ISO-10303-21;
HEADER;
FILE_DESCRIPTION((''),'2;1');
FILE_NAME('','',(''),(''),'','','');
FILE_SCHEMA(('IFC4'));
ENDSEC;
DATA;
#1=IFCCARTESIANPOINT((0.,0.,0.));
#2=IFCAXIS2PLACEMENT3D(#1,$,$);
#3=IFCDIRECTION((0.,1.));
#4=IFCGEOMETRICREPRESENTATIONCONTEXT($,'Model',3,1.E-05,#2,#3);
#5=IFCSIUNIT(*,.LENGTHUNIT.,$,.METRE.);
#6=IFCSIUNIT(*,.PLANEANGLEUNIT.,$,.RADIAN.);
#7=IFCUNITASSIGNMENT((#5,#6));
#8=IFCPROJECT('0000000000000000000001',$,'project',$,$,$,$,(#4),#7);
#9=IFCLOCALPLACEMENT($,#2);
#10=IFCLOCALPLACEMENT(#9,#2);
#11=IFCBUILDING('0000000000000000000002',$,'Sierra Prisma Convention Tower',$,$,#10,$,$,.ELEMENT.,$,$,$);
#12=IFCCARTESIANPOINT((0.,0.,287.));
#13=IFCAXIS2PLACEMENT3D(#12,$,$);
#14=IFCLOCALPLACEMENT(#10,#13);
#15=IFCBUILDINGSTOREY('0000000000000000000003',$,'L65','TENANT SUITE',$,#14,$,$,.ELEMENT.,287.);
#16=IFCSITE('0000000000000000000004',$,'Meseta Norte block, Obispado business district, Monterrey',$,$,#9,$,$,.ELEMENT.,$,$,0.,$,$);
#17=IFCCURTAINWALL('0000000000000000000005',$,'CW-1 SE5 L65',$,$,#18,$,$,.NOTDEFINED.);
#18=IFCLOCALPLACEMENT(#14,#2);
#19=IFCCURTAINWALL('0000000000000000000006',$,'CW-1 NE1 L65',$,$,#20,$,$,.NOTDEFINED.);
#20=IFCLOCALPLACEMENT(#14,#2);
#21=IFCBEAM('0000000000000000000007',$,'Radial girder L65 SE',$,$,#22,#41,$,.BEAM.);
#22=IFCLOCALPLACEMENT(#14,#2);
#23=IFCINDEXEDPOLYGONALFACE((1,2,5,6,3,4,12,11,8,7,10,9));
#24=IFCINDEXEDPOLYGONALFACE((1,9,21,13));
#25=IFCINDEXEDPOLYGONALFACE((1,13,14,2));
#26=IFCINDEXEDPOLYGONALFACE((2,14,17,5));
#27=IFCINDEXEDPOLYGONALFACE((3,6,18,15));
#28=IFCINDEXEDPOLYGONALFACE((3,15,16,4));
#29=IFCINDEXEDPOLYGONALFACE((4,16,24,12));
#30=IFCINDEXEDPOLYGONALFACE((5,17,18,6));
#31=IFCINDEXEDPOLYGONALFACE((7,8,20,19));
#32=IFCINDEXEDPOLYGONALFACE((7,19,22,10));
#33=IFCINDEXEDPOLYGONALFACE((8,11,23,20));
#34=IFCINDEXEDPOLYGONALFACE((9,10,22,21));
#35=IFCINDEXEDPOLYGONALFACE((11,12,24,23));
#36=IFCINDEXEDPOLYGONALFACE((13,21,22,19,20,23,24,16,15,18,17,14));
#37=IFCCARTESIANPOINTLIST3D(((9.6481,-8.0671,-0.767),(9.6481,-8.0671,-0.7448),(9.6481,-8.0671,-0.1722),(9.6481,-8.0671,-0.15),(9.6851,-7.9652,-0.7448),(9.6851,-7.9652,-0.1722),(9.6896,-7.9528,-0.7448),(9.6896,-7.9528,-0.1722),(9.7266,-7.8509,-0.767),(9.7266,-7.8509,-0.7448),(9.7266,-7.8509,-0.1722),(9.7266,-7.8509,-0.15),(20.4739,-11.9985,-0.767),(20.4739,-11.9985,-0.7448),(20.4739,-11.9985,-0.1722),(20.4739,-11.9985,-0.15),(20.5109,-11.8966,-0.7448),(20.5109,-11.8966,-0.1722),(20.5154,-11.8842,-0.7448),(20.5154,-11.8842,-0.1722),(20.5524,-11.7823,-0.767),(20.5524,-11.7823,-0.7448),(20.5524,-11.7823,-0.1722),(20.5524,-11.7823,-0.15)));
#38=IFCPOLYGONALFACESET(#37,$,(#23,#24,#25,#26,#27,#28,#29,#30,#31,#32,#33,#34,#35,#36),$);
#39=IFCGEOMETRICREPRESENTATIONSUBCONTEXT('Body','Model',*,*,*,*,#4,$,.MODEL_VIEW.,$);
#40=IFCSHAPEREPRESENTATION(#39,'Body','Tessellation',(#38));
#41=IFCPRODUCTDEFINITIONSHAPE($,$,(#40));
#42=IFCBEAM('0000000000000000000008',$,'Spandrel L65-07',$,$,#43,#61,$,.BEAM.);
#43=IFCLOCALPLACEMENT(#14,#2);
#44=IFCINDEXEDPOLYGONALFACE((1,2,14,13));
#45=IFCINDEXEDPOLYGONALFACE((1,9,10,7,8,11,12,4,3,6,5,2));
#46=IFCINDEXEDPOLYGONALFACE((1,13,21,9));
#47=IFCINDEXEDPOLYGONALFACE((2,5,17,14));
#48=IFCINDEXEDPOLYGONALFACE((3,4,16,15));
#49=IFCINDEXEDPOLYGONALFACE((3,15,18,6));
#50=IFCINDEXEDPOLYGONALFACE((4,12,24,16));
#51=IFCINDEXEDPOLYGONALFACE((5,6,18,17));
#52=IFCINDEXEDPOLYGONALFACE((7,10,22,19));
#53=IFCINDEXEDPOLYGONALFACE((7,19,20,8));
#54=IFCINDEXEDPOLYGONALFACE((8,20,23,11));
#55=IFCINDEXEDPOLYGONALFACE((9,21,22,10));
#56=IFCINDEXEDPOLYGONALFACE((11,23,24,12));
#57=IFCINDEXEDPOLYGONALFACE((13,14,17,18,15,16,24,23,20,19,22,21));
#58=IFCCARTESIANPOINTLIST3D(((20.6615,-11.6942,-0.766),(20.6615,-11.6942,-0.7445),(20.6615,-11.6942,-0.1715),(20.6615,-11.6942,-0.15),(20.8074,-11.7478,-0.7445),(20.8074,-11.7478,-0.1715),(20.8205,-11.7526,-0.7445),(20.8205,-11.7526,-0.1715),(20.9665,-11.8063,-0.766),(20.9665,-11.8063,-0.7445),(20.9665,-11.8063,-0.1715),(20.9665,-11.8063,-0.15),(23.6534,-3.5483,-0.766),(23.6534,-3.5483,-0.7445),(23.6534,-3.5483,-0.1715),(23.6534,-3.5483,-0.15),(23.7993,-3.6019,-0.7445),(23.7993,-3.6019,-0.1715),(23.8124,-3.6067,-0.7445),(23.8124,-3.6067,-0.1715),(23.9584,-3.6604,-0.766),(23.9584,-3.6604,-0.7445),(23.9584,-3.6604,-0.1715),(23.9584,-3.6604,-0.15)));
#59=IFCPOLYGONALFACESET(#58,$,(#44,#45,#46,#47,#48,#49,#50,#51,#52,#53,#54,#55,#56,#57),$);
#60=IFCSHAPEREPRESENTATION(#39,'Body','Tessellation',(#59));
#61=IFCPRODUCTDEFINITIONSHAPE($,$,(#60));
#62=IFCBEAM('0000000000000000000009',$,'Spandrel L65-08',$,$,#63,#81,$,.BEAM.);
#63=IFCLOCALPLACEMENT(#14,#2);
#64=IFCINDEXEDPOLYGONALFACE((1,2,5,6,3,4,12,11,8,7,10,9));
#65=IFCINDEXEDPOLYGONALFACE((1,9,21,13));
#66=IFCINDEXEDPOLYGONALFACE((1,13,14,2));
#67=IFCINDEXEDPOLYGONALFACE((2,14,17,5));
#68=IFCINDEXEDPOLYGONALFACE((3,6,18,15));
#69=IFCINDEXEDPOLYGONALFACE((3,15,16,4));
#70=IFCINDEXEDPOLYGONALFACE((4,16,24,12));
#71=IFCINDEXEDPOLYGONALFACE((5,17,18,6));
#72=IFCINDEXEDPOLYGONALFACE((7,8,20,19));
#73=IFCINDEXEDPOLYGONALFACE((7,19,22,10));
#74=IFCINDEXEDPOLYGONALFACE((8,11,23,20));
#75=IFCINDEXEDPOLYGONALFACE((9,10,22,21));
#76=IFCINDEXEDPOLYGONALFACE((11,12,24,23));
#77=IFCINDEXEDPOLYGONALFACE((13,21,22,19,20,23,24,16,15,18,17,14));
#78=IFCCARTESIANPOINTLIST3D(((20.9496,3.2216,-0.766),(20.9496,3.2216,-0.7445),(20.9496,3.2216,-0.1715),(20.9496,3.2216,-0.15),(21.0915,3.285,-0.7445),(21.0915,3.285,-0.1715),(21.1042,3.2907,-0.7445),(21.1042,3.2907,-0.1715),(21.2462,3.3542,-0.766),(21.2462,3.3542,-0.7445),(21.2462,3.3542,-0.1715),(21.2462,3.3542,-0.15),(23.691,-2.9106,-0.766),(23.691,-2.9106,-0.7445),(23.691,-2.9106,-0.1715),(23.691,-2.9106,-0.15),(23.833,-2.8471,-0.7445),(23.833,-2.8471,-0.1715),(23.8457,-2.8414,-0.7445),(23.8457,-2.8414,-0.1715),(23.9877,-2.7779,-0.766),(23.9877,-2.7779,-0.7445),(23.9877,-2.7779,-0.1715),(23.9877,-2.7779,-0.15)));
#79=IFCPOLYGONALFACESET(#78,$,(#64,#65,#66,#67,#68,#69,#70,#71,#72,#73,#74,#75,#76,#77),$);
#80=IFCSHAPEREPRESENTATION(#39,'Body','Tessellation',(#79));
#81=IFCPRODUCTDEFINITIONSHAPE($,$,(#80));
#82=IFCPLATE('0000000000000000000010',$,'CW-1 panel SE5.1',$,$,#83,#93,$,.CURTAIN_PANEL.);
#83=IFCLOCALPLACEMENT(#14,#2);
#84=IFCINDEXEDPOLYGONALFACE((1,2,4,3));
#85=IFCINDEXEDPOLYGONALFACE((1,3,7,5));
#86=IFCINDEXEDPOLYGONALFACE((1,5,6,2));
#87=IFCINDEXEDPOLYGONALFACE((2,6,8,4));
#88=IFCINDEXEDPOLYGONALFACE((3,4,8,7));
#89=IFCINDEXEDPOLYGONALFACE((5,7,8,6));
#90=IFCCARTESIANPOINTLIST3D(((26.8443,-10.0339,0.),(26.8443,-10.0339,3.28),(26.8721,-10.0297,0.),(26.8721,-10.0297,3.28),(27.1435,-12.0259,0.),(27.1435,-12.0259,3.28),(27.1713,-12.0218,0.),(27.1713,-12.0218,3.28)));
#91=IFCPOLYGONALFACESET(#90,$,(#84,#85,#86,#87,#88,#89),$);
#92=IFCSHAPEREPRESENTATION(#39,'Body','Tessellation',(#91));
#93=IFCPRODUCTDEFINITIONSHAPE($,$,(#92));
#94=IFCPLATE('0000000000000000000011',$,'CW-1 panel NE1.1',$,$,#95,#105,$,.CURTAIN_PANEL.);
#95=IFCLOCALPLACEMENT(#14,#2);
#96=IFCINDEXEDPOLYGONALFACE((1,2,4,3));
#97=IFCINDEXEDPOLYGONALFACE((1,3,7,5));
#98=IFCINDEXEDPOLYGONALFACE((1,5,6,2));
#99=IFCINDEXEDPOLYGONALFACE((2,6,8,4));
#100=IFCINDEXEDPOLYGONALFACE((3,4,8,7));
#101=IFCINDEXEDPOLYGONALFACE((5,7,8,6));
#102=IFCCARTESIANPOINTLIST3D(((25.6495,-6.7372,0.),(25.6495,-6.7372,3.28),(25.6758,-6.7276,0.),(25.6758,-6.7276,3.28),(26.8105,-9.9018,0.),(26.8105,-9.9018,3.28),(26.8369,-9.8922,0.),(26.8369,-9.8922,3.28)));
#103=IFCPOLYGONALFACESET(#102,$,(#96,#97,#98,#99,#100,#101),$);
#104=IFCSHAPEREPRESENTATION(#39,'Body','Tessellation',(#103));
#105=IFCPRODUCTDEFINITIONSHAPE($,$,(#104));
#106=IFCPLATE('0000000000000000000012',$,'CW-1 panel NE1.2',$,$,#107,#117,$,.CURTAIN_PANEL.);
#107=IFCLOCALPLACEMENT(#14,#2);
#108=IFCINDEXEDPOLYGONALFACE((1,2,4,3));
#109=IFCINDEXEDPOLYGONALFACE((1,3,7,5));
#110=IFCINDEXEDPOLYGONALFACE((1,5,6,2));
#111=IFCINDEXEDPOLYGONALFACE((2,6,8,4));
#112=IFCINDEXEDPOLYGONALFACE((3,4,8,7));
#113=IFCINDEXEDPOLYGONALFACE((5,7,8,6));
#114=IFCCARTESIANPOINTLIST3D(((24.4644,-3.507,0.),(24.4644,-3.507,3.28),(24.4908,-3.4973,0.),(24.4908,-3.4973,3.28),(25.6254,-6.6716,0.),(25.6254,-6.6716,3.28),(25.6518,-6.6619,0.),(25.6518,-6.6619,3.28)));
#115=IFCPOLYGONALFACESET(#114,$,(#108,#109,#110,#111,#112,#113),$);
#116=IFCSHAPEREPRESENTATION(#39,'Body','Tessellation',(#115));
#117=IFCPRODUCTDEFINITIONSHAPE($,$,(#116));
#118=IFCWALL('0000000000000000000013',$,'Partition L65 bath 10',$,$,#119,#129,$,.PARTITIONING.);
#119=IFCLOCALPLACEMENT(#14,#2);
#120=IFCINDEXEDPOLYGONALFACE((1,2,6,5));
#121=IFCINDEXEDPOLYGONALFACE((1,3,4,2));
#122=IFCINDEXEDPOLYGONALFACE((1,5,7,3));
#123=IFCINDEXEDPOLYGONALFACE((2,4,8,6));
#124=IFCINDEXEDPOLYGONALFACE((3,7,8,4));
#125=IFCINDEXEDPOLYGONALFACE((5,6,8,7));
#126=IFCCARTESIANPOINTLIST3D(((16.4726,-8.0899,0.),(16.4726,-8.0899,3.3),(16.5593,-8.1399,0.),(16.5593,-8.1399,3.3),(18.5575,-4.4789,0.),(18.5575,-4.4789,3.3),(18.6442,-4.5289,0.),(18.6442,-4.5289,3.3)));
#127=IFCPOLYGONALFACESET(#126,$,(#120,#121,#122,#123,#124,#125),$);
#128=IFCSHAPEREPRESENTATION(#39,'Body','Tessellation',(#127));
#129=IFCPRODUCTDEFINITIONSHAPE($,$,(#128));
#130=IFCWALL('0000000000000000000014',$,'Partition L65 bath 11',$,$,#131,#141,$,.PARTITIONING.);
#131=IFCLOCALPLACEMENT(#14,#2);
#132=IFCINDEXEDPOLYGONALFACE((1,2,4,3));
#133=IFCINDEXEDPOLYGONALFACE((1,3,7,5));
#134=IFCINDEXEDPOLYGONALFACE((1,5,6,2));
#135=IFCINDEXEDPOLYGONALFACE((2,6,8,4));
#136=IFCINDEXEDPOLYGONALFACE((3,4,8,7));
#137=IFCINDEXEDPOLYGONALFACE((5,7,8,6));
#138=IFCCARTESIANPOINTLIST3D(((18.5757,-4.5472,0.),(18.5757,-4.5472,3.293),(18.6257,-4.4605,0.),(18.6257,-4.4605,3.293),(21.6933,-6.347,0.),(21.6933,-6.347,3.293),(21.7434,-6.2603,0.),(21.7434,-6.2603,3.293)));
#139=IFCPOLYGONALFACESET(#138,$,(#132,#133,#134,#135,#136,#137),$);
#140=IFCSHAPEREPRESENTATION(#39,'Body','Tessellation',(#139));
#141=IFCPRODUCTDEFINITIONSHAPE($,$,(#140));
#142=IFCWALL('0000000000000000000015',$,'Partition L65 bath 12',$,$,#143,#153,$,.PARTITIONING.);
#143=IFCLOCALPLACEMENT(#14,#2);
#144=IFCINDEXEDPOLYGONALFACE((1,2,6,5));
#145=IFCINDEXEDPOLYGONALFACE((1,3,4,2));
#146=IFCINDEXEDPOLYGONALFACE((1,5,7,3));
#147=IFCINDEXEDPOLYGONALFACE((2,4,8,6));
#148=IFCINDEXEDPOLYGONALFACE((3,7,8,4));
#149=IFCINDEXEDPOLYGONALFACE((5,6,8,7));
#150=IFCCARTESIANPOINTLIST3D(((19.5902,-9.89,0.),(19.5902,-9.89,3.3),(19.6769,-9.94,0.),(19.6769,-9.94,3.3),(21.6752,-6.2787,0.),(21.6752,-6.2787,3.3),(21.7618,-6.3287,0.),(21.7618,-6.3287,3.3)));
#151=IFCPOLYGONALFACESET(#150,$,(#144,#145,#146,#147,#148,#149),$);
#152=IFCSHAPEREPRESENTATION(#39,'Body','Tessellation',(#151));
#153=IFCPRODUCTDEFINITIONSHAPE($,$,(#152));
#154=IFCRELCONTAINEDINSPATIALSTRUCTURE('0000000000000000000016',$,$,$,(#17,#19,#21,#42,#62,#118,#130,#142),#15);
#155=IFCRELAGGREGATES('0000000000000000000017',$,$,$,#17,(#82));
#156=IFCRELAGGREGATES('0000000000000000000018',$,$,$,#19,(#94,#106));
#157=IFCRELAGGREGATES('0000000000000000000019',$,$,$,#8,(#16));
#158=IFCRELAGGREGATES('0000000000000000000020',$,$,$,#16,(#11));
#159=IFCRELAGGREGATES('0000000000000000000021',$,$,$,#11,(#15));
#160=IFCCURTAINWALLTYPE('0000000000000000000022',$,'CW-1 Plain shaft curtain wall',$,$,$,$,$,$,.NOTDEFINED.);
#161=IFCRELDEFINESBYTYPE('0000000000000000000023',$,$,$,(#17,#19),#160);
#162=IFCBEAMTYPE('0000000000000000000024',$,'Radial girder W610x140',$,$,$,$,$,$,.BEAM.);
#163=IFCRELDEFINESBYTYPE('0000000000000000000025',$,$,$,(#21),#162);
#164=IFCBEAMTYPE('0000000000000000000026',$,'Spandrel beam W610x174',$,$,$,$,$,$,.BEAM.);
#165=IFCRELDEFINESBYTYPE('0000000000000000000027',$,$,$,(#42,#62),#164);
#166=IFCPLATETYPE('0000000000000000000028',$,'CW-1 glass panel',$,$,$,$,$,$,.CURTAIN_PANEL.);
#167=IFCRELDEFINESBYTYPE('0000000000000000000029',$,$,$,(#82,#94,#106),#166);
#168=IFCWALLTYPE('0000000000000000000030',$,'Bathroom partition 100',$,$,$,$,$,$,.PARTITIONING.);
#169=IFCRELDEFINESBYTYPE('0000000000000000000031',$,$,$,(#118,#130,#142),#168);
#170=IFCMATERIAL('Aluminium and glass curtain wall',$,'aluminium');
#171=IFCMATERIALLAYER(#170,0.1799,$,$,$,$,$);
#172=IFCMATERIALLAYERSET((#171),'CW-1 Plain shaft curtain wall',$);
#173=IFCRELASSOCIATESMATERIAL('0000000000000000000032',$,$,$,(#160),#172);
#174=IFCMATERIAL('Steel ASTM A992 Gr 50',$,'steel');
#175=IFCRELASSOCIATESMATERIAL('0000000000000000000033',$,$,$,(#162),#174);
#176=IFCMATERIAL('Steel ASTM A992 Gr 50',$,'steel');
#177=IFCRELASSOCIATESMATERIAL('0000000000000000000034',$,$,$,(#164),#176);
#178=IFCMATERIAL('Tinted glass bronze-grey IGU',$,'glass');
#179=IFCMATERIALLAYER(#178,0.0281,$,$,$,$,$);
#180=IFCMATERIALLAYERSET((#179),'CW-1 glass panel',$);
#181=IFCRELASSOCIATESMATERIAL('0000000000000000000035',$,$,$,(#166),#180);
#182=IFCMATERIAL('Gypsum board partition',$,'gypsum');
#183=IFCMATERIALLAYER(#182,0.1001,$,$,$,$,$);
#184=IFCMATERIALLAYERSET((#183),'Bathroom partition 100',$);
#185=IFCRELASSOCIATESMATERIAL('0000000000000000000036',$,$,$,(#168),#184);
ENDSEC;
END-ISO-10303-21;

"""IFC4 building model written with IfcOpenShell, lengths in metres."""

from ifc_helpers import new_model, si_unit, direction, frame, frame_2d, origin, origin_2d, place, context, subcontext, project, spatial, rectangle, i_section, extrude, material, layer, layer_set, material_profile, profile_set, type_object, element, aggregate, save


model = new_model("IFC4")

# Units and contexts
model_context = context("Model", 3, precision=1e-05, world=origin(), true_north=direction((0.0, 1.0)))
body_context = subcontext(model_context, "Body", "Model", "MODEL_VIEW")
ifc_project = project(units=[si_unit("LENGTHUNIT", "METRE"), si_unit("PLANEANGLEUNIT", "RADIAN")], contexts=[model_context])

# Site, building, storey
site_placement = place(None, origin())
site = spatial("IfcSite", under=ifc_project, at=site_placement, Name="Meseta Norte block, Obispado business district, Monterrey", CompositionType="ELEMENT", RefElevation=0.0)
building_placement = place(site_placement, origin())
building = spatial("IfcBuilding", under=site, at=building_placement, Name="Sierra Prisma Convention Tower", CompositionType="ELEMENT")
storey_placement = place(building_placement, frame((0.0, 0.0, 287.0)))
storey = spatial("IfcBuildingStorey", under=building, at=storey_placement, Name="L65", Description="TENANT SUITE", CompositionType="ELEMENT", Elevation=287.0)

# Curtain wall
ifc_material_1 = material(Name="Aluminium and glass curtain wall", Category="aluminium")
ifc_layer_1 = layer(ifc_material_1, 0.1799)
ifc_layer_set_1 = layer_set([ifc_layer_1], Name="CW-1 Plain shaft curtain wall")
curtain_wall_type = type_object("IfcCurtainWallType", Name="CW-1 Plain shaft curtain wall", PredefinedType="NOTDEFINED", material=ifc_layer_set_1)
curtain_wall_1_placement = place(storey_placement, origin())
curtain_wall_1 = element("IfcCurtainWall", 1, at=curtain_wall_1_placement, inside=storey, type_object=curtain_wall_type, Name="CW-1 SE5 L65", PredefinedType="NOTDEFINED")

# Curtain wall
curtain_wall_2_placement = place(storey_placement, origin())
curtain_wall_2 = element("IfcCurtainWall", 2, at=curtain_wall_2_placement, inside=storey, type_object=curtain_wall_type, Name="CW-1 NE1 L65", PredefinedType="NOTDEFINED")

# Beams
ifc_material_2 = material(Name="Steel ASTM A992 Gr 50", Category="steel")
ifc_material_profile_1 = material_profile(ifc_material_2, i_section(OverallWidth=0.23, OverallDepth=0.6169, WebThickness=0.0132, FlangeThickness=0.0222, at=origin_2d()), Name="W610x140")
ifc_profile_set_1 = profile_set([ifc_material_profile_1], Name="Steel ASTM A992 Gr 50")
beam_type_1 = type_object("IfcBeamType", Name="Radial girder W610x140", PredefinedType="BEAM", material=ifc_profile_set_1)
beam_1_placement = place(storey_placement, frame((20.5132, -11.8904, -0.4585), z_axis=(-0.939941, 0.341336, 0.0), x_axis=(-0.341336, -0.939941, 0.0)))
element("IfcBeam", 3, at=beam_1_placement, inside=storey, type_object=beam_type_1, Name="Radial girder L65 SE", PredefinedType="BEAM", context=body_context, shape_type="SweptSolid", body=[
    extrude(i_section(OverallWidth=0.23, OverallDepth=0.6169, WebThickness=0.0132, FlangeThickness=0.0222, at=origin_2d()), origin(), (0.0, 0.0, 1.0), 11.5176),
])
ifc_material_3 = material(Name="Steel ASTM A992 Gr 50", Category="steel")
ifc_material_profile_2 = material_profile(ifc_material_3, i_section(OverallWidth=0.325, OverallDepth=0.616, WebThickness=0.0139, FlangeThickness=0.0215, at=origin_2d()), Name="W610x174")
ifc_profile_set_2 = profile_set([ifc_material_profile_2], Name="Steel ASTM A992 Gr 50")
beam_type_2 = type_object("IfcBeamType", Name="Spandrel beam W610x174", PredefinedType="BEAM", material=ifc_profile_set_2)
beam_2_placement = place(storey_placement, frame((20.814, -11.7502, -0.458), z_axis=(0.34477, 0.938687, 0.0), x_axis=(-0.938687, 0.34477, 0.0)))
element("IfcBeam", 4, at=beam_2_placement, inside=storey, type_object=beam_type_2, Name="Spandrel L65-07", PredefinedType="BEAM", context=body_context, shape_type="SweptSolid", body=[
    extrude(i_section(OverallWidth=0.325, OverallDepth=0.616, WebThickness=0.0139, FlangeThickness=0.0215, at=origin_2d()), origin(), (0.0, 0.0, 1.0), 8.678),
])
beam_3_placement = place(storey_placement, frame((23.8394, -2.8442, -0.458), z_axis=(-0.408137, 0.912921, 0.0), x_axis=(-0.912921, -0.408137, 0.0)))
element("IfcBeam", 5, at=beam_3_placement, inside=storey, type_object=beam_type_2, Name="Spandrel L65-08", PredefinedType="BEAM", context=body_context, shape_type="SweptSolid", body=[
    extrude(i_section(OverallWidth=0.325, OverallDepth=0.616, WebThickness=0.0139, FlangeThickness=0.0215, at=origin_2d()), origin(), (0.0, 0.0, 1.0), 6.717),
])

# Plates
ifc_material_4 = material(Name="Tinted glass bronze-grey IGU", Category="glass")
ifc_layer_2 = layer(ifc_material_4, 0.0281)
ifc_layer_set_2 = layer_set([ifc_layer_2], Name="CW-1 glass panel")
plate_type = type_object("IfcPlateType", Name="CW-1 glass panel", PredefinedType="CURTAIN_PANEL", material=ifc_layer_set_2)
plate_1_placement = place(storey_placement, frame((27.0078, -11.0278, 0.0), z_axis=(0.0, 0.0, 1.0), x_axis=(-0.148524, 0.988909, 0.0)))
plate_1 = element("IfcPlate", 6, at=plate_1_placement, type_object=plate_type, Name="CW-1 panel SE5.1", PredefinedType="CURTAIN_PANEL", context=body_context, shape_type="SweptSolid", body=[
    extrude(rectangle(XDim=2.0144, YDim=0.0281, at=origin_2d()), origin(), (0.0, 0.0, 1.0), 3.28),
])
aggregate(curtain_wall_1, [plate_1])
plate_2_placement = place(storey_placement, frame((26.2432, -8.3147, 0.0), z_axis=(0.0, 0.0, 1.0), x_axis=(-0.344435, 0.93881, 0.0)))
plate_2 = element("IfcPlate", 7, at=plate_2_placement, type_object=plate_type, Name="CW-1 panel NE1.1", PredefinedType="CURTAIN_PANEL", context=body_context, shape_type="SweptSolid", body=[
    extrude(rectangle(XDim=3.3708, YDim=0.0281, at=origin_2d()), origin(), (0.0, 0.0, 1.0), 3.28),
])
plate_3_placement = place(storey_placement, frame((25.0581, -5.0845, 0.0), z_axis=(0.0, 0.0, 1.0), x_axis=(-0.344435, 0.93881, 0.0)))
plate_3 = element("IfcPlate", 8, at=plate_3_placement, type_object=plate_type, Name="CW-1 panel NE1.2", PredefinedType="CURTAIN_PANEL", context=body_context, shape_type="SweptSolid", body=[
    extrude(rectangle(XDim=3.3708, YDim=0.0281, at=origin_2d()), origin(), (0.0, 0.0, 1.0), 3.28),
])
aggregate(curtain_wall_2, [plate_2, plate_3])

# Walls
ifc_material_5 = material(Name="Gypsum board partition", Category="gypsum")
ifc_layer_3 = layer(ifc_material_5, 0.1001)
ifc_layer_set_3 = layer_set([ifc_layer_3], Name="Bathroom partition 100")
wall_type_1 = type_object("IfcWallType", Name="Bathroom partition 100", PredefinedType="PARTITIONING", material=ifc_layer_set_3)
wall_1_placement = place(storey_placement, frame((16.5159, -8.115, 0.0), z_axis=(0.0, 0.0, 1.0), x_axis=(0.500018, 0.866015, 0.0)))
element("IfcWall", 9, at=wall_1_placement, inside=storey, type_object=wall_type_1, Name="Partition L65 bath 10", PredefinedType="PARTITIONING", context=body_context, shape_type="SweptSolid", body=[
    extrude(rectangle(XDim=4.1697, YDim=0.1001, at=frame_2d((2.085, 0.0))), origin(), (0.0, 0.0, 1.0), 3.3),
])
wall_2_placement = place(storey_placement, frame((18.6008, -4.5039, 0.0), z_axis=(0.0, 0.0, 1.0), x_axis=(0.866048, -0.499961, 0.0)))
element("IfcWall", 10, at=wall_2_placement, inside=storey, type_object=wall_type_1, Name="Partition L65 bath 11", PredefinedType="PARTITIONING", context=body_context, shape_type="SweptSolid", body=[
    extrude(rectangle(XDim=3.5999, YDim=0.1001, at=frame_2d((1.7998, 0.0))), origin(), (0.0, 0.0, 1.0), 3.293),
])
wall_3_placement = place(storey_placement, frame((21.7185, -6.3037, 0.0), z_axis=(0.0, 0.0, 1.0), x_axis=(-0.499993, -0.86603, 0.0)))
element("IfcWall", 11, at=wall_3_placement, inside=storey, type_object=wall_type_1, Name="Partition L65 bath 12", PredefinedType="PARTITIONING", context=body_context, shape_type="SweptSolid", body=[
    extrude(rectangle(XDim=4.1699, YDim=0.1001, at=frame_2d((2.085, 0.0))), origin(), (0.0, 0.0, 1.0), 3.3),
])

save(model, "model.ifc")
